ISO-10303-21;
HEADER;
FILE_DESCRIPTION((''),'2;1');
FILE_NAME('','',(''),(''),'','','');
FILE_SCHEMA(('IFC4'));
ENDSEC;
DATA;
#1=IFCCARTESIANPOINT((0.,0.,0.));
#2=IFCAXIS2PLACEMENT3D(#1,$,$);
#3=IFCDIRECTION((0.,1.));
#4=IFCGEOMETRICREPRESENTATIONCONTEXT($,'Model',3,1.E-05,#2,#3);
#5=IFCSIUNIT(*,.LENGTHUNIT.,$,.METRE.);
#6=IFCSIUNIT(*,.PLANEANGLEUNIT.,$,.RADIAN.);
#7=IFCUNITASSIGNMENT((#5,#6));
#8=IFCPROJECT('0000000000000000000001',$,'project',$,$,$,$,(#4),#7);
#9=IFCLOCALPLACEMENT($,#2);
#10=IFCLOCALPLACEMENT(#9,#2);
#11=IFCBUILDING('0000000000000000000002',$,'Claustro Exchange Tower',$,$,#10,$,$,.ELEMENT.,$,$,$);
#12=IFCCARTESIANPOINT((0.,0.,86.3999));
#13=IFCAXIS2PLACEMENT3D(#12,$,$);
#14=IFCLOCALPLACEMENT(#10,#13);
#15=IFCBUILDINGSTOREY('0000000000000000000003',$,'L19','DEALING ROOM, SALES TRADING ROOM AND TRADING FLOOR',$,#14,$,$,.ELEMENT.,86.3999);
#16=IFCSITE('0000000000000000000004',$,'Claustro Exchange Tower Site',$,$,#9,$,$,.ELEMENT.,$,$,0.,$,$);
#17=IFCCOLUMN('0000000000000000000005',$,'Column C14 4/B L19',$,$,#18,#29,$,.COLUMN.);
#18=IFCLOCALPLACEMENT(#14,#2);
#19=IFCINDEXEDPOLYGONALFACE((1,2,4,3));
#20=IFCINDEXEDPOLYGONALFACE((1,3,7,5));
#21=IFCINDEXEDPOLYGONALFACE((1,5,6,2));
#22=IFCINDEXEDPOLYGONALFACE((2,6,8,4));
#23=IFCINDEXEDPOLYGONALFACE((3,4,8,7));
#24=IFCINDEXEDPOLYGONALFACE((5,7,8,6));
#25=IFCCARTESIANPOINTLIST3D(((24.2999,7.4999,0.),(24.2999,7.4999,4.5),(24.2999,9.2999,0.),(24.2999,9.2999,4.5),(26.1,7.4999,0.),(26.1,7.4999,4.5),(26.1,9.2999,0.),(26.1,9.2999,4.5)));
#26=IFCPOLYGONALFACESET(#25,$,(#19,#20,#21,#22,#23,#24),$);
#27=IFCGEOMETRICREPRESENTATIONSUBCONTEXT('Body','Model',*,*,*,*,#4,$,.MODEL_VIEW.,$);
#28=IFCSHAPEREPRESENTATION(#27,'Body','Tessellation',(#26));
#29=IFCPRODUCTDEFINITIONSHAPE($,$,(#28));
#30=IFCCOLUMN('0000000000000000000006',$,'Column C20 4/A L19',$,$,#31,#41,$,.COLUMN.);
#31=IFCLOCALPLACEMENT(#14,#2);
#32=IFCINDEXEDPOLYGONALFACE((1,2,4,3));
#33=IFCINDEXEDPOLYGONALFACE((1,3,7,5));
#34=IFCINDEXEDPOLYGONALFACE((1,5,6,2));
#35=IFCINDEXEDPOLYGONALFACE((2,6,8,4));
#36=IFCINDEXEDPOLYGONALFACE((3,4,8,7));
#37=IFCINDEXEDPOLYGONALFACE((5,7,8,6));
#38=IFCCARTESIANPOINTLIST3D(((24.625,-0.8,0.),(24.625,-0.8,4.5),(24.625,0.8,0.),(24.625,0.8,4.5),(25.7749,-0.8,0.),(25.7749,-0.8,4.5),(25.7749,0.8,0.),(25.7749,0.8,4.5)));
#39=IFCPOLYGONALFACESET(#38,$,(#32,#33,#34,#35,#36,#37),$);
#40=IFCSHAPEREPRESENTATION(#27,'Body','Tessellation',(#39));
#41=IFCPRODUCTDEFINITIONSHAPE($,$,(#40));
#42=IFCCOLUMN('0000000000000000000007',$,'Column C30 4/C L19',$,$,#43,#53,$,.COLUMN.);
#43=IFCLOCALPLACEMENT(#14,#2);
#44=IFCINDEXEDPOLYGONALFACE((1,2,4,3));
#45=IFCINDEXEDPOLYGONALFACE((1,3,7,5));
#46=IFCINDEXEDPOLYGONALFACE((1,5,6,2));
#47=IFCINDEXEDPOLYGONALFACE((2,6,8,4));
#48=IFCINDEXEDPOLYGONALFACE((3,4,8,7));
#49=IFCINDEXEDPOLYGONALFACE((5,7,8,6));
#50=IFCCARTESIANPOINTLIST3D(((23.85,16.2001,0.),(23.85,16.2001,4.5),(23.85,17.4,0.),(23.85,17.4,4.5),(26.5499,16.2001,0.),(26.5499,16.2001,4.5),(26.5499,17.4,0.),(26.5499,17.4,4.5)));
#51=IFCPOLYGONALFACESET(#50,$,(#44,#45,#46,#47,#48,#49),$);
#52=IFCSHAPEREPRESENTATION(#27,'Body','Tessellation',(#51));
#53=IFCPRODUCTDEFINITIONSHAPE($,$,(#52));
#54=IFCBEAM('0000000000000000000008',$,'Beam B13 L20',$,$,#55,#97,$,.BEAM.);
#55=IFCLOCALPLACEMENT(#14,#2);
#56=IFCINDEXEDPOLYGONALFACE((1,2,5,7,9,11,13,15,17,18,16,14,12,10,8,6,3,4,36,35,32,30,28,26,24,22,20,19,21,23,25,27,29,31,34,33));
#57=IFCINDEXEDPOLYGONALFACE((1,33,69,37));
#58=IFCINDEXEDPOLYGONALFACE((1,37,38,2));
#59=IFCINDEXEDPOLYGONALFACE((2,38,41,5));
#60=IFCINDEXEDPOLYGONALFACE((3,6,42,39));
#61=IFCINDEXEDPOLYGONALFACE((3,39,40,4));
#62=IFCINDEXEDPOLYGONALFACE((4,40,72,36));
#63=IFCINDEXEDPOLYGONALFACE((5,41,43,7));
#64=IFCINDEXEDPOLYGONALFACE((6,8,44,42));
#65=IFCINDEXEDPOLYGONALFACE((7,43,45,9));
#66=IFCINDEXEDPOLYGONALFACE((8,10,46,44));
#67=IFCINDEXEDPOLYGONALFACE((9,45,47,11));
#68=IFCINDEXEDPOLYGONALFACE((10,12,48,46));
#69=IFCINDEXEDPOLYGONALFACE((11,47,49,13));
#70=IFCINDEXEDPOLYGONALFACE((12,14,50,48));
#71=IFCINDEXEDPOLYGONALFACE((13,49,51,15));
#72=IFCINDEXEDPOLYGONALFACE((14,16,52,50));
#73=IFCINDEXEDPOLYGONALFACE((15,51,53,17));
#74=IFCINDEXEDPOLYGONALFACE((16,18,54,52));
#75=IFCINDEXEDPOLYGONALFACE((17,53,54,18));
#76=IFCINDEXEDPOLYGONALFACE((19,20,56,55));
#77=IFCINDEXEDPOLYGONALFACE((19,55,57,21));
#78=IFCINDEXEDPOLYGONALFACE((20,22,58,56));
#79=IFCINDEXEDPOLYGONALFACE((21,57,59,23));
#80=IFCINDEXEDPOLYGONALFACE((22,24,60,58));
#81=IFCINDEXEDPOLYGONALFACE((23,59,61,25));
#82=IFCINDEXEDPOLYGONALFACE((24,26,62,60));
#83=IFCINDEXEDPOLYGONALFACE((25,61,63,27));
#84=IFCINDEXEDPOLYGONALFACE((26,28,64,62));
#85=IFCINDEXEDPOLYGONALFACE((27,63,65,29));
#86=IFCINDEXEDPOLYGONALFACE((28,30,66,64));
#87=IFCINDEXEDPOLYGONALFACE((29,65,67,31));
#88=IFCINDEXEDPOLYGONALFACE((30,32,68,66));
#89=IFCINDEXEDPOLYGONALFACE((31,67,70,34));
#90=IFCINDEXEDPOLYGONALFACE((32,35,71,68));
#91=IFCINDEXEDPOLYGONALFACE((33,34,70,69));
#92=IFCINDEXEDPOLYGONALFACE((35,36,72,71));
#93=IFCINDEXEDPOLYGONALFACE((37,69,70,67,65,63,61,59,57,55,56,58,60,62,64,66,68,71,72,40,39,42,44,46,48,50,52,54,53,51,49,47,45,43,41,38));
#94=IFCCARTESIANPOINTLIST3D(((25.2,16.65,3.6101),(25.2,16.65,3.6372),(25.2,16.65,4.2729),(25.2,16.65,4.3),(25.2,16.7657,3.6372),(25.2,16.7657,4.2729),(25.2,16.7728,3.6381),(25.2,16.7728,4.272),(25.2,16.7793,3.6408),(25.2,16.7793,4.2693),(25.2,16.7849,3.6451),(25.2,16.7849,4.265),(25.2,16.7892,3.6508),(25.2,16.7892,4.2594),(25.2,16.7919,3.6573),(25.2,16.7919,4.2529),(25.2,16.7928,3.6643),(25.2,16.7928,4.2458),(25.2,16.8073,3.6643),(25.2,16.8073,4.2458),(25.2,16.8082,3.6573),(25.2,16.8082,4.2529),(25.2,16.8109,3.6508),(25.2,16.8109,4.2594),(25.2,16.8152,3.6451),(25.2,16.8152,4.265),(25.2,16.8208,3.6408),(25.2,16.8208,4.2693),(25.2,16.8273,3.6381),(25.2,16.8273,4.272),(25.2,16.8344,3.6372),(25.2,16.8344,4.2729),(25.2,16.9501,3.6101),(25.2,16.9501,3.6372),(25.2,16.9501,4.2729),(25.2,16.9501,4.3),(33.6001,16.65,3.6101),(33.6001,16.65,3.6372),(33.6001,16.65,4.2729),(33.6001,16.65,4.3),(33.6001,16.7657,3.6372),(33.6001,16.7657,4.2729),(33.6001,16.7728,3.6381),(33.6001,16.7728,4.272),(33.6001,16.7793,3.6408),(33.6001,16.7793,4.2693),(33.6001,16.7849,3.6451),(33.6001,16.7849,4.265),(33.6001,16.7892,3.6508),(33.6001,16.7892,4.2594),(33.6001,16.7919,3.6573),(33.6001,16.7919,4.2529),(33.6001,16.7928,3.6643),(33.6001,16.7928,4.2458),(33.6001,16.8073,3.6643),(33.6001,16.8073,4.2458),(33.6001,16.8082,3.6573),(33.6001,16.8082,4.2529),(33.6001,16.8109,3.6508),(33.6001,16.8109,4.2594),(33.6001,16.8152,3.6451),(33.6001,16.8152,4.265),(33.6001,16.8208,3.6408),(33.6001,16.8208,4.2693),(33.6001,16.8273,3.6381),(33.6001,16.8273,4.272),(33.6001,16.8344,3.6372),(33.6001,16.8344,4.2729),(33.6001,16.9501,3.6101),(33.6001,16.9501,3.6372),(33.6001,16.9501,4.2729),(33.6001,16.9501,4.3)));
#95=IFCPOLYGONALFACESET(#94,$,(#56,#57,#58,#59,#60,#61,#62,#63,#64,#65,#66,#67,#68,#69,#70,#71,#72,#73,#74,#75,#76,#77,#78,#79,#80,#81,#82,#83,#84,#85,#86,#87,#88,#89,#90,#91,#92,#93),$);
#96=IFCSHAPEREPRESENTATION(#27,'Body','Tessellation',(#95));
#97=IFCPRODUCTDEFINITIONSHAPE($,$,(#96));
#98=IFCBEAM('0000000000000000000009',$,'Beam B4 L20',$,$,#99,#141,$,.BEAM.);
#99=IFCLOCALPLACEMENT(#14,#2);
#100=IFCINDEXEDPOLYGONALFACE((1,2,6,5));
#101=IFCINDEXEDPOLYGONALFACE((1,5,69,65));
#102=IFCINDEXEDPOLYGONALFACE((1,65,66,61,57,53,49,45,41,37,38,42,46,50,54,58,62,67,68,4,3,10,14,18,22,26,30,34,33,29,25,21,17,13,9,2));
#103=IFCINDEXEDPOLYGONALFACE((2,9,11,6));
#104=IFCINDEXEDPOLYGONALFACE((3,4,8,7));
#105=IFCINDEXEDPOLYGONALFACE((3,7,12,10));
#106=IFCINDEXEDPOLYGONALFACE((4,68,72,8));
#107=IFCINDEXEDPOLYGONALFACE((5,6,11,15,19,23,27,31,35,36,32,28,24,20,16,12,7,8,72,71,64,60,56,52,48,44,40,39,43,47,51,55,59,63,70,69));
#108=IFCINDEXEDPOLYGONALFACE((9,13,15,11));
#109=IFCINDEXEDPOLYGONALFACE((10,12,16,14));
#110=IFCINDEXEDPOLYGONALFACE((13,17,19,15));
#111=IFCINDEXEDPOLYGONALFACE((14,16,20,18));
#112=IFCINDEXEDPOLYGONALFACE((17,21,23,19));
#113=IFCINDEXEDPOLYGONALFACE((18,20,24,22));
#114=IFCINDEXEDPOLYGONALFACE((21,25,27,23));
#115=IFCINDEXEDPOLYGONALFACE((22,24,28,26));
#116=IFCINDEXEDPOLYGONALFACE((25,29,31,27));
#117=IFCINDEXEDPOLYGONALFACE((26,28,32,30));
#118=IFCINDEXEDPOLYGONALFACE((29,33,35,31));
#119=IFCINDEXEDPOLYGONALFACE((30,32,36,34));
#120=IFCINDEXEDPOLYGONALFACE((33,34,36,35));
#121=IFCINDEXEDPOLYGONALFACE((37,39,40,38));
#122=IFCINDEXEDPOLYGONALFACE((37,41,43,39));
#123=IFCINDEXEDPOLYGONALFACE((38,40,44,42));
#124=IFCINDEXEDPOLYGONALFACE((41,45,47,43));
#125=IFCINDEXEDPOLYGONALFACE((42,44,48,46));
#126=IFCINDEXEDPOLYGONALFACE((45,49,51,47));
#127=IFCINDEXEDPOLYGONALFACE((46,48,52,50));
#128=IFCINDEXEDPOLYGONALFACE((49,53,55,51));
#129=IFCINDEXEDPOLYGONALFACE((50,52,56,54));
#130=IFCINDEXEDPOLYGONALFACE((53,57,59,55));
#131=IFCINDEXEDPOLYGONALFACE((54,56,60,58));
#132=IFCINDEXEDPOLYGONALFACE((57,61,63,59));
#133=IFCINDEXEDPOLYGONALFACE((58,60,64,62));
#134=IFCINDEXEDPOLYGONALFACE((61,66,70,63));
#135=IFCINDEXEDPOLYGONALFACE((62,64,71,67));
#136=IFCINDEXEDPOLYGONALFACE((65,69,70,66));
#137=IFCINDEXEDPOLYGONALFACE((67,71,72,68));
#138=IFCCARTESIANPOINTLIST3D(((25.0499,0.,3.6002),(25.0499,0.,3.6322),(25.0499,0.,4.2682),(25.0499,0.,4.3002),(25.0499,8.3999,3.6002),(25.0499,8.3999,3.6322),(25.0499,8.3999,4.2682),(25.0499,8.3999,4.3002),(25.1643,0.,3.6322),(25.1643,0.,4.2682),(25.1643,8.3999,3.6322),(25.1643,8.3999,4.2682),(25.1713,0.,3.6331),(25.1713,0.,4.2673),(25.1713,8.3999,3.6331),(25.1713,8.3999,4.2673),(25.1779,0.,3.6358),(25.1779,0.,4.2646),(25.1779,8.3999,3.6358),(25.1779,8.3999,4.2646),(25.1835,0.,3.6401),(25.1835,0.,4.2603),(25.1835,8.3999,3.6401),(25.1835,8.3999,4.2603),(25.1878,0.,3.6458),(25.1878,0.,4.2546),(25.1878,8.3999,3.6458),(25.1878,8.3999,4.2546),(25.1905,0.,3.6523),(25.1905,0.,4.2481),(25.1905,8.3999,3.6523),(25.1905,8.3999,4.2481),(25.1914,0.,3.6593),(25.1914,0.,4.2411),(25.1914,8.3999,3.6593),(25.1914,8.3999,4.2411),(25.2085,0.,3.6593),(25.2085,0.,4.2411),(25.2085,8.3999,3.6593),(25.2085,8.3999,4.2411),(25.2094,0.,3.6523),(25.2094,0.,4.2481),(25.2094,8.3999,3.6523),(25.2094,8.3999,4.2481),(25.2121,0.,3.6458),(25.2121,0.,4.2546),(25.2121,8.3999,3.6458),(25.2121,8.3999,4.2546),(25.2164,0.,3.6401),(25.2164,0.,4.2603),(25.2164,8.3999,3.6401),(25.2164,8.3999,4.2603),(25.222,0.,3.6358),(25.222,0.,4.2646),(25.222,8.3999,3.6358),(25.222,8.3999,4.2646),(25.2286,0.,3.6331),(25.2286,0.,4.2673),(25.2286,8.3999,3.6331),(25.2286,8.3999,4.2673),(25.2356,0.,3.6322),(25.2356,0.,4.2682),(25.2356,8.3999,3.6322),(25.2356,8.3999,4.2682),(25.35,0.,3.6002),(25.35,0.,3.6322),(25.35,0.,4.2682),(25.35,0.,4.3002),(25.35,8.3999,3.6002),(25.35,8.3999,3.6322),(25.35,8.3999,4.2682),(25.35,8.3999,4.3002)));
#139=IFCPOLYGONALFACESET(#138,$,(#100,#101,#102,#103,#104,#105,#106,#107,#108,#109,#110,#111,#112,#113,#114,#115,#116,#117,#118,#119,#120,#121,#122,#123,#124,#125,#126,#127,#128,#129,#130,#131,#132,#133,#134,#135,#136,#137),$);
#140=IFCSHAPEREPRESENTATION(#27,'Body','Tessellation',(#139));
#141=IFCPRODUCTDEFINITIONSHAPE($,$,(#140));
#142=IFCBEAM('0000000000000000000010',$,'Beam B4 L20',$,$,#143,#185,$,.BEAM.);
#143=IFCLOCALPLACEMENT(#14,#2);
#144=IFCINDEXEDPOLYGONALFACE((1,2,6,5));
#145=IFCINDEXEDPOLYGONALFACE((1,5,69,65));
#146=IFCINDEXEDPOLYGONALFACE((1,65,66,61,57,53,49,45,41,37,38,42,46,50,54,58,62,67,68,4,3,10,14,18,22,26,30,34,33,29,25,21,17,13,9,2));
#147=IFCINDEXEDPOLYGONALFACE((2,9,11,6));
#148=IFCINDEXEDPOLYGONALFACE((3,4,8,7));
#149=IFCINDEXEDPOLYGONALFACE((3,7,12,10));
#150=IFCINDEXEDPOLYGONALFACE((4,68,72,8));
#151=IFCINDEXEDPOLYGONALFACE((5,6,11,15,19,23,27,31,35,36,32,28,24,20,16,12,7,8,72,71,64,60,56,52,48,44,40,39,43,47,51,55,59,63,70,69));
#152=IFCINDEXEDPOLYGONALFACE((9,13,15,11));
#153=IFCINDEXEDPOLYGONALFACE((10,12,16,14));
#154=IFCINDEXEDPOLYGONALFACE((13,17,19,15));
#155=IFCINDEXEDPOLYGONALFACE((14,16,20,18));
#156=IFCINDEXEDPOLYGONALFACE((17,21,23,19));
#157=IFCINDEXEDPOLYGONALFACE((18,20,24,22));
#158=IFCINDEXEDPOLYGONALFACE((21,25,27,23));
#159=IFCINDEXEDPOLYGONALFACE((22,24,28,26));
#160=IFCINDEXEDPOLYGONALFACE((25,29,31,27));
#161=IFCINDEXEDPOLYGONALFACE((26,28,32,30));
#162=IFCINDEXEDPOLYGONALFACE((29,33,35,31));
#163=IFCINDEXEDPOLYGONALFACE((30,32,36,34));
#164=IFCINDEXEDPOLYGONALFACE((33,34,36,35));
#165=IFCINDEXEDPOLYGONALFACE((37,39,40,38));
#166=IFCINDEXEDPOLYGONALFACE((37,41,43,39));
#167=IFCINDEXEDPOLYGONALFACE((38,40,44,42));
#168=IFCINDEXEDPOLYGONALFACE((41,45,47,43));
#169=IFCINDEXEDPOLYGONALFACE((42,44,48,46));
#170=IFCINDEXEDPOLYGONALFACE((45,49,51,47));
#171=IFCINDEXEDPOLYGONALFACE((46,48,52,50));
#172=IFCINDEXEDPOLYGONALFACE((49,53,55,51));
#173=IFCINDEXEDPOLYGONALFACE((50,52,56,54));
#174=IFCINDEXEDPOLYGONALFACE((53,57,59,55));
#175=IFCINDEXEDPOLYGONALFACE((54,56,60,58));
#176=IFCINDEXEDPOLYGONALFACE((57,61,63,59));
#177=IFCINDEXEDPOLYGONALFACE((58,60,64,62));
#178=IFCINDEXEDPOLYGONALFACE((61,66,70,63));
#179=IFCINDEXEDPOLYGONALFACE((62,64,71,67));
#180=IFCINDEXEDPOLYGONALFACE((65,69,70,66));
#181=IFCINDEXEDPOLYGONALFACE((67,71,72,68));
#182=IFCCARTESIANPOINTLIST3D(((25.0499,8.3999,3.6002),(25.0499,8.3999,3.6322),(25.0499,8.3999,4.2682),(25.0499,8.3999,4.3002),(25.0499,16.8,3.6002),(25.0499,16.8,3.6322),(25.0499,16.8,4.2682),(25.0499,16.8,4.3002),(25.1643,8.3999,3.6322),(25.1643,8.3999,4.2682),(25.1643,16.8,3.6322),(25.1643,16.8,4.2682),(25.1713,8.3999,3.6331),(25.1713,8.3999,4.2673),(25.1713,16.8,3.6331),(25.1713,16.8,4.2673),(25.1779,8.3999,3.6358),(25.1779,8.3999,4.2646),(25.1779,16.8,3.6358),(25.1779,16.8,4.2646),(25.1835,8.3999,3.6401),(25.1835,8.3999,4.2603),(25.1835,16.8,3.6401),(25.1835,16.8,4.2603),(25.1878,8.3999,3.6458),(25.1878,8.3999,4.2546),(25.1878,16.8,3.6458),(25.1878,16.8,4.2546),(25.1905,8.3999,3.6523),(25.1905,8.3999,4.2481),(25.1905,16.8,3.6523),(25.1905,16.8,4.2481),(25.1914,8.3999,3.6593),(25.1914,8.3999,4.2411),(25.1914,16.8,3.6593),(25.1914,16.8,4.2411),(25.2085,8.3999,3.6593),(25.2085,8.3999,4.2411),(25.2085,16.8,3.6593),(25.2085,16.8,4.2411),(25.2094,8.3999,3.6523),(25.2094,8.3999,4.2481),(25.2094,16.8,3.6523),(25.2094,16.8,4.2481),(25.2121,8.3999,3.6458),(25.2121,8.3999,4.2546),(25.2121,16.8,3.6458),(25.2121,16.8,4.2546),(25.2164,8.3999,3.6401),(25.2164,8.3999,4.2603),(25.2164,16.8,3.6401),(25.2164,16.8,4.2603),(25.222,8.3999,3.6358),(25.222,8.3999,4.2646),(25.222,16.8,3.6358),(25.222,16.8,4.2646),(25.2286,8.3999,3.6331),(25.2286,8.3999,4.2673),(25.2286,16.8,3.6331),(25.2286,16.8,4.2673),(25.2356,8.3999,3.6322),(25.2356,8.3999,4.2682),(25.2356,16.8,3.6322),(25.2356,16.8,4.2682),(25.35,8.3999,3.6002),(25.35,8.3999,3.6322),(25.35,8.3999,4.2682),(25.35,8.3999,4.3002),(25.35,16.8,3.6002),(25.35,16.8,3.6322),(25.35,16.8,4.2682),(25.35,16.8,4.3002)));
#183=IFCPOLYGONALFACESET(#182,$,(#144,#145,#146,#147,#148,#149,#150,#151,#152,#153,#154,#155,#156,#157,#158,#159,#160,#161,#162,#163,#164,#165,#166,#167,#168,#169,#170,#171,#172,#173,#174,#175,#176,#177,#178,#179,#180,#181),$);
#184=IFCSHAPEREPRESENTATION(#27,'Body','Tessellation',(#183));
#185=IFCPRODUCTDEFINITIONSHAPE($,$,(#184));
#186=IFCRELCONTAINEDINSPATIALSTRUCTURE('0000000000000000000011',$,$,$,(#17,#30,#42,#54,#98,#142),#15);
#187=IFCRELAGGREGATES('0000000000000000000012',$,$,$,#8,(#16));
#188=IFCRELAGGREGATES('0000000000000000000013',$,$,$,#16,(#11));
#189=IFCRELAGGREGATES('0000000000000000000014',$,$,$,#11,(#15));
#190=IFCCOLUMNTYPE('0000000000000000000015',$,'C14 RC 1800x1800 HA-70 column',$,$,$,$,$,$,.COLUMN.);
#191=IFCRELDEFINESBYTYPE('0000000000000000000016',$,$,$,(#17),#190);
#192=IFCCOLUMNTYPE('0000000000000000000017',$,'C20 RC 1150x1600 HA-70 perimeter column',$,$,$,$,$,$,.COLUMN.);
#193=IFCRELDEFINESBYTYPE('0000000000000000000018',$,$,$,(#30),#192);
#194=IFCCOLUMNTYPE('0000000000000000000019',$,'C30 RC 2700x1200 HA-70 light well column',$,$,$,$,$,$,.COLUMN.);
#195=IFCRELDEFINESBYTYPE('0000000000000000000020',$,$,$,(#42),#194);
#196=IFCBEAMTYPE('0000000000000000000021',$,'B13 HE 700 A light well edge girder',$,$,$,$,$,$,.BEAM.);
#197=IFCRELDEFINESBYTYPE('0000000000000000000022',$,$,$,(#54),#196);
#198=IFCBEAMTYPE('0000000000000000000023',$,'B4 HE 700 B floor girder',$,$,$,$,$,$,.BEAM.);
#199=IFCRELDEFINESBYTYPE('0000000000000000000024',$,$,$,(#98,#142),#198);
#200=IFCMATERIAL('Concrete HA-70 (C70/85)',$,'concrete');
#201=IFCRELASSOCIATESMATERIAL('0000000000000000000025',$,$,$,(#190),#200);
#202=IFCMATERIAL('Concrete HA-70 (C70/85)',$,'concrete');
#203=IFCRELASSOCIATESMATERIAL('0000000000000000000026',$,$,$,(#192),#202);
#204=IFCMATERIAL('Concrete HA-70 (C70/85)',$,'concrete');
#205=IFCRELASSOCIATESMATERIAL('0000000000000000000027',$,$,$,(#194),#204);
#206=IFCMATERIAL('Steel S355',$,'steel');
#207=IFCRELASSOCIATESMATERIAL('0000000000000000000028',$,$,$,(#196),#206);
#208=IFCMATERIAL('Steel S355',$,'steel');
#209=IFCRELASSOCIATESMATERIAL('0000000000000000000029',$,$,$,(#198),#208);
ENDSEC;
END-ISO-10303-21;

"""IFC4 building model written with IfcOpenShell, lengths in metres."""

from ifc_helpers import new_model, si_unit, direction, frame, origin, origin_2d, place, context, subcontext, project, spatial, rectangle, i_section, extrude, material, material_profile, profile_set, type_object, element, save


model = new_model("IFC4")

# Units and contexts
model_context = context("Model", 3, precision=1e-05, world=origin(), true_north=direction((0.0, 1.0)))
body_context = subcontext(model_context, "Body", "Model", "MODEL_VIEW")
ifc_project = project(units=[si_unit("LENGTHUNIT", "METRE"), si_unit("PLANEANGLEUNIT", "RADIAN")], contexts=[model_context])

# Site, building, storey
site_placement = place(None, origin())
site = spatial("IfcSite", under=ifc_project, at=site_placement, Name="Claustro Exchange Tower Site", CompositionType="ELEMENT", RefElevation=0.0)
building_placement = place(site_placement, origin())
building = spatial("IfcBuilding", under=site, at=building_placement, Name="Claustro Exchange Tower", CompositionType="ELEMENT")
storey_placement = place(building_placement, frame((0.0, 0.0, 86.3999)))
storey = spatial("IfcBuildingStorey", under=building, at=storey_placement, Name="L19", Description="DEALING ROOM, SALES TRADING ROOM AND TRADING FLOOR", CompositionType="ELEMENT", Elevation=86.3999)

# Columns
ifc_material_1 = material(Name="Concrete HA-70 (C70/85)", Category="concrete")
ifc_material_profile_1 = material_profile(ifc_material_1, rectangle(XDim=1.8, YDim=1.8, at=origin_2d()), Name="RC 1800x1800")
ifc_profile_set_1 = profile_set([ifc_material_profile_1], Name="Concrete HA-70 (C70/85)")
column_type_1 = type_object("IfcColumnType", Name="C14 RC 1800x1800 HA-70 column", PredefinedType="COLUMN", material=ifc_profile_set_1)
column_1_placement = place(storey_placement, frame((25.2, 8.3999, 0.0), z_axis=(0.0, 0.0, 1.0), x_axis=(1.0, 0.0, 0.0)))
element("IfcColumn", 1, at=column_1_placement, inside=storey, type_object=column_type_1, Name="Column C14 4/B L19", PredefinedType="COLUMN", context=body_context, shape_type="SweptSolid", body=[
    extrude(rectangle(XDim=1.8, YDim=1.8, at=origin_2d()), origin(), (0.0, 0.0, 1.0), 4.5),
])
ifc_material_2 = material(Name="Concrete HA-70 (C70/85)", Category="concrete")
ifc_material_profile_2 = material_profile(ifc_material_2, rectangle(XDim=1.1499, YDim=1.6001, at=origin_2d()), Name="RC 1150x1600")
ifc_profile_set_2 = profile_set([ifc_material_profile_2], Name="Concrete HA-70 (C70/85)")
column_type_2 = type_object("IfcColumnType", Name="C20 RC 1150x1600 HA-70 perimeter column", PredefinedType="COLUMN", material=ifc_profile_set_2)
column_2_placement = place(storey_placement, frame((25.2, 0.0, 0.0), z_axis=(0.0, 0.0, 1.0), x_axis=(1.0, 0.0, 0.0)))
element("IfcColumn", 2, at=column_2_placement, inside=storey, type_object=column_type_2, Name="Column C20 4/A L19", PredefinedType="COLUMN", context=body_context, shape_type="SweptSolid", body=[
    extrude(rectangle(XDim=1.1499, YDim=1.6001, at=origin_2d()), origin(), (0.0, 0.0, 1.0), 4.5),
])
ifc_material_3 = material(Name="Concrete HA-70 (C70/85)", Category="concrete")
ifc_material_profile_3 = material_profile(ifc_material_3, rectangle(XDim=2.7, YDim=1.2, at=origin_2d()), Name="RC 2700x1200")
ifc_profile_set_3 = profile_set([ifc_material_profile_3], Name="Concrete HA-70 (C70/85)")
column_type_3 = type_object("IfcColumnType", Name="C30 RC 2700x1200 HA-70 light well column", PredefinedType="COLUMN", material=ifc_profile_set_3)
column_3_placement = place(storey_placement, frame((25.2, 16.8, 0.0), z_axis=(0.0, 0.0, 1.0), x_axis=(1.0, 0.0, 0.0)))
element("IfcColumn", 3, at=column_3_placement, inside=storey, type_object=column_type_3, Name="Column C30 4/C L19", PredefinedType="COLUMN", context=body_context, shape_type="SweptSolid", body=[
    extrude(rectangle(XDim=2.7, YDim=1.2, at=origin_2d()), origin(), (0.0, 0.0, 1.0), 4.5),
])

# Beams
ifc_material_4 = material(Name="Steel S355", Category="steel")
ifc_material_profile_4 = material_profile(ifc_material_4, i_section(OverallWidth=0.3, OverallDepth=0.6899, WebThickness=0.0144, FlangeThickness=0.0271, FilletRadius=0.0271, at=origin_2d()), Name="HE 700 A")
ifc_profile_set_4 = profile_set([ifc_material_profile_4], Name="Steel S355")
beam_type_1 = type_object("IfcBeamType", Name="B13 HE 700 A light well edge girder", PredefinedType="BEAM", material=ifc_profile_set_4)
beam_1_placement = place(storey_placement, frame((25.2, 16.8, 3.9551), z_axis=(1.0, 0.0, 0.0), x_axis=(0.0, 1.0, 0.0)))
element("IfcBeam", 4, at=beam_1_placement, inside=storey, type_object=beam_type_1, Name="Beam B13 L20", PredefinedType="BEAM", context=body_context, shape_type="SweptSolid", body=[
    extrude(i_section(OverallWidth=0.3, OverallDepth=0.6899, WebThickness=0.0144, FlangeThickness=0.0271, FilletRadius=0.0271, at=origin_2d()), origin(), (0.0, 0.0, 1.0), 8.4001),
])
ifc_material_5 = material(Name="Steel S355", Category="steel")
ifc_material_profile_5 = material_profile(ifc_material_5, i_section(OverallWidth=0.3, OverallDepth=0.7, WebThickness=0.0171, FlangeThickness=0.032, FilletRadius=0.0271, at=origin_2d()), Name="HE 700 B")
ifc_profile_set_5 = profile_set([ifc_material_profile_5], Name="Steel S355")
beam_type_2 = type_object("IfcBeamType", Name="B4 HE 700 B floor girder", PredefinedType="BEAM", material=ifc_profile_set_5)
beam_2_placement = place(storey_placement, frame((25.2, 0.0, 3.9502), z_axis=(0.0, 1.0, 0.0), x_axis=(-1.0, 0.0, 0.0)))
element("IfcBeam", 5, at=beam_2_placement, inside=storey, type_object=beam_type_2, Name="Beam B4 L20", PredefinedType="BEAM", context=body_context, shape_type="SweptSolid", body=[
    extrude(i_section(OverallWidth=0.3, OverallDepth=0.7, WebThickness=0.0171, FlangeThickness=0.032, FilletRadius=0.0271, at=origin_2d()), origin(), (0.0, 0.0, 1.0), 8.3999),
])
for number, where, z_axis, x_axis, name in (
    (6, (25.2, 8.3999, 3.9502), (0.0, 1.0, 0.0), (-1.0, 0.0, 0.0), "Beam B4 L20"),
):
    element("IfcBeam", number, at=place(storey_placement, frame(where, z_axis=z_axis, x_axis=x_axis)), inside=storey, type_object=beam_type_2, Name=name, PredefinedType="BEAM", context=body_context, shape_type="SweptSolid", body=[
        extrude(i_section(OverallWidth=0.3, OverallDepth=0.7, WebThickness=0.0171, FlangeThickness=0.032, FilletRadius=0.0271, at=origin_2d()), origin(), (0.0, 0.0, 1.0), 8.4001),
    ])

save(model, "model.ifc")
